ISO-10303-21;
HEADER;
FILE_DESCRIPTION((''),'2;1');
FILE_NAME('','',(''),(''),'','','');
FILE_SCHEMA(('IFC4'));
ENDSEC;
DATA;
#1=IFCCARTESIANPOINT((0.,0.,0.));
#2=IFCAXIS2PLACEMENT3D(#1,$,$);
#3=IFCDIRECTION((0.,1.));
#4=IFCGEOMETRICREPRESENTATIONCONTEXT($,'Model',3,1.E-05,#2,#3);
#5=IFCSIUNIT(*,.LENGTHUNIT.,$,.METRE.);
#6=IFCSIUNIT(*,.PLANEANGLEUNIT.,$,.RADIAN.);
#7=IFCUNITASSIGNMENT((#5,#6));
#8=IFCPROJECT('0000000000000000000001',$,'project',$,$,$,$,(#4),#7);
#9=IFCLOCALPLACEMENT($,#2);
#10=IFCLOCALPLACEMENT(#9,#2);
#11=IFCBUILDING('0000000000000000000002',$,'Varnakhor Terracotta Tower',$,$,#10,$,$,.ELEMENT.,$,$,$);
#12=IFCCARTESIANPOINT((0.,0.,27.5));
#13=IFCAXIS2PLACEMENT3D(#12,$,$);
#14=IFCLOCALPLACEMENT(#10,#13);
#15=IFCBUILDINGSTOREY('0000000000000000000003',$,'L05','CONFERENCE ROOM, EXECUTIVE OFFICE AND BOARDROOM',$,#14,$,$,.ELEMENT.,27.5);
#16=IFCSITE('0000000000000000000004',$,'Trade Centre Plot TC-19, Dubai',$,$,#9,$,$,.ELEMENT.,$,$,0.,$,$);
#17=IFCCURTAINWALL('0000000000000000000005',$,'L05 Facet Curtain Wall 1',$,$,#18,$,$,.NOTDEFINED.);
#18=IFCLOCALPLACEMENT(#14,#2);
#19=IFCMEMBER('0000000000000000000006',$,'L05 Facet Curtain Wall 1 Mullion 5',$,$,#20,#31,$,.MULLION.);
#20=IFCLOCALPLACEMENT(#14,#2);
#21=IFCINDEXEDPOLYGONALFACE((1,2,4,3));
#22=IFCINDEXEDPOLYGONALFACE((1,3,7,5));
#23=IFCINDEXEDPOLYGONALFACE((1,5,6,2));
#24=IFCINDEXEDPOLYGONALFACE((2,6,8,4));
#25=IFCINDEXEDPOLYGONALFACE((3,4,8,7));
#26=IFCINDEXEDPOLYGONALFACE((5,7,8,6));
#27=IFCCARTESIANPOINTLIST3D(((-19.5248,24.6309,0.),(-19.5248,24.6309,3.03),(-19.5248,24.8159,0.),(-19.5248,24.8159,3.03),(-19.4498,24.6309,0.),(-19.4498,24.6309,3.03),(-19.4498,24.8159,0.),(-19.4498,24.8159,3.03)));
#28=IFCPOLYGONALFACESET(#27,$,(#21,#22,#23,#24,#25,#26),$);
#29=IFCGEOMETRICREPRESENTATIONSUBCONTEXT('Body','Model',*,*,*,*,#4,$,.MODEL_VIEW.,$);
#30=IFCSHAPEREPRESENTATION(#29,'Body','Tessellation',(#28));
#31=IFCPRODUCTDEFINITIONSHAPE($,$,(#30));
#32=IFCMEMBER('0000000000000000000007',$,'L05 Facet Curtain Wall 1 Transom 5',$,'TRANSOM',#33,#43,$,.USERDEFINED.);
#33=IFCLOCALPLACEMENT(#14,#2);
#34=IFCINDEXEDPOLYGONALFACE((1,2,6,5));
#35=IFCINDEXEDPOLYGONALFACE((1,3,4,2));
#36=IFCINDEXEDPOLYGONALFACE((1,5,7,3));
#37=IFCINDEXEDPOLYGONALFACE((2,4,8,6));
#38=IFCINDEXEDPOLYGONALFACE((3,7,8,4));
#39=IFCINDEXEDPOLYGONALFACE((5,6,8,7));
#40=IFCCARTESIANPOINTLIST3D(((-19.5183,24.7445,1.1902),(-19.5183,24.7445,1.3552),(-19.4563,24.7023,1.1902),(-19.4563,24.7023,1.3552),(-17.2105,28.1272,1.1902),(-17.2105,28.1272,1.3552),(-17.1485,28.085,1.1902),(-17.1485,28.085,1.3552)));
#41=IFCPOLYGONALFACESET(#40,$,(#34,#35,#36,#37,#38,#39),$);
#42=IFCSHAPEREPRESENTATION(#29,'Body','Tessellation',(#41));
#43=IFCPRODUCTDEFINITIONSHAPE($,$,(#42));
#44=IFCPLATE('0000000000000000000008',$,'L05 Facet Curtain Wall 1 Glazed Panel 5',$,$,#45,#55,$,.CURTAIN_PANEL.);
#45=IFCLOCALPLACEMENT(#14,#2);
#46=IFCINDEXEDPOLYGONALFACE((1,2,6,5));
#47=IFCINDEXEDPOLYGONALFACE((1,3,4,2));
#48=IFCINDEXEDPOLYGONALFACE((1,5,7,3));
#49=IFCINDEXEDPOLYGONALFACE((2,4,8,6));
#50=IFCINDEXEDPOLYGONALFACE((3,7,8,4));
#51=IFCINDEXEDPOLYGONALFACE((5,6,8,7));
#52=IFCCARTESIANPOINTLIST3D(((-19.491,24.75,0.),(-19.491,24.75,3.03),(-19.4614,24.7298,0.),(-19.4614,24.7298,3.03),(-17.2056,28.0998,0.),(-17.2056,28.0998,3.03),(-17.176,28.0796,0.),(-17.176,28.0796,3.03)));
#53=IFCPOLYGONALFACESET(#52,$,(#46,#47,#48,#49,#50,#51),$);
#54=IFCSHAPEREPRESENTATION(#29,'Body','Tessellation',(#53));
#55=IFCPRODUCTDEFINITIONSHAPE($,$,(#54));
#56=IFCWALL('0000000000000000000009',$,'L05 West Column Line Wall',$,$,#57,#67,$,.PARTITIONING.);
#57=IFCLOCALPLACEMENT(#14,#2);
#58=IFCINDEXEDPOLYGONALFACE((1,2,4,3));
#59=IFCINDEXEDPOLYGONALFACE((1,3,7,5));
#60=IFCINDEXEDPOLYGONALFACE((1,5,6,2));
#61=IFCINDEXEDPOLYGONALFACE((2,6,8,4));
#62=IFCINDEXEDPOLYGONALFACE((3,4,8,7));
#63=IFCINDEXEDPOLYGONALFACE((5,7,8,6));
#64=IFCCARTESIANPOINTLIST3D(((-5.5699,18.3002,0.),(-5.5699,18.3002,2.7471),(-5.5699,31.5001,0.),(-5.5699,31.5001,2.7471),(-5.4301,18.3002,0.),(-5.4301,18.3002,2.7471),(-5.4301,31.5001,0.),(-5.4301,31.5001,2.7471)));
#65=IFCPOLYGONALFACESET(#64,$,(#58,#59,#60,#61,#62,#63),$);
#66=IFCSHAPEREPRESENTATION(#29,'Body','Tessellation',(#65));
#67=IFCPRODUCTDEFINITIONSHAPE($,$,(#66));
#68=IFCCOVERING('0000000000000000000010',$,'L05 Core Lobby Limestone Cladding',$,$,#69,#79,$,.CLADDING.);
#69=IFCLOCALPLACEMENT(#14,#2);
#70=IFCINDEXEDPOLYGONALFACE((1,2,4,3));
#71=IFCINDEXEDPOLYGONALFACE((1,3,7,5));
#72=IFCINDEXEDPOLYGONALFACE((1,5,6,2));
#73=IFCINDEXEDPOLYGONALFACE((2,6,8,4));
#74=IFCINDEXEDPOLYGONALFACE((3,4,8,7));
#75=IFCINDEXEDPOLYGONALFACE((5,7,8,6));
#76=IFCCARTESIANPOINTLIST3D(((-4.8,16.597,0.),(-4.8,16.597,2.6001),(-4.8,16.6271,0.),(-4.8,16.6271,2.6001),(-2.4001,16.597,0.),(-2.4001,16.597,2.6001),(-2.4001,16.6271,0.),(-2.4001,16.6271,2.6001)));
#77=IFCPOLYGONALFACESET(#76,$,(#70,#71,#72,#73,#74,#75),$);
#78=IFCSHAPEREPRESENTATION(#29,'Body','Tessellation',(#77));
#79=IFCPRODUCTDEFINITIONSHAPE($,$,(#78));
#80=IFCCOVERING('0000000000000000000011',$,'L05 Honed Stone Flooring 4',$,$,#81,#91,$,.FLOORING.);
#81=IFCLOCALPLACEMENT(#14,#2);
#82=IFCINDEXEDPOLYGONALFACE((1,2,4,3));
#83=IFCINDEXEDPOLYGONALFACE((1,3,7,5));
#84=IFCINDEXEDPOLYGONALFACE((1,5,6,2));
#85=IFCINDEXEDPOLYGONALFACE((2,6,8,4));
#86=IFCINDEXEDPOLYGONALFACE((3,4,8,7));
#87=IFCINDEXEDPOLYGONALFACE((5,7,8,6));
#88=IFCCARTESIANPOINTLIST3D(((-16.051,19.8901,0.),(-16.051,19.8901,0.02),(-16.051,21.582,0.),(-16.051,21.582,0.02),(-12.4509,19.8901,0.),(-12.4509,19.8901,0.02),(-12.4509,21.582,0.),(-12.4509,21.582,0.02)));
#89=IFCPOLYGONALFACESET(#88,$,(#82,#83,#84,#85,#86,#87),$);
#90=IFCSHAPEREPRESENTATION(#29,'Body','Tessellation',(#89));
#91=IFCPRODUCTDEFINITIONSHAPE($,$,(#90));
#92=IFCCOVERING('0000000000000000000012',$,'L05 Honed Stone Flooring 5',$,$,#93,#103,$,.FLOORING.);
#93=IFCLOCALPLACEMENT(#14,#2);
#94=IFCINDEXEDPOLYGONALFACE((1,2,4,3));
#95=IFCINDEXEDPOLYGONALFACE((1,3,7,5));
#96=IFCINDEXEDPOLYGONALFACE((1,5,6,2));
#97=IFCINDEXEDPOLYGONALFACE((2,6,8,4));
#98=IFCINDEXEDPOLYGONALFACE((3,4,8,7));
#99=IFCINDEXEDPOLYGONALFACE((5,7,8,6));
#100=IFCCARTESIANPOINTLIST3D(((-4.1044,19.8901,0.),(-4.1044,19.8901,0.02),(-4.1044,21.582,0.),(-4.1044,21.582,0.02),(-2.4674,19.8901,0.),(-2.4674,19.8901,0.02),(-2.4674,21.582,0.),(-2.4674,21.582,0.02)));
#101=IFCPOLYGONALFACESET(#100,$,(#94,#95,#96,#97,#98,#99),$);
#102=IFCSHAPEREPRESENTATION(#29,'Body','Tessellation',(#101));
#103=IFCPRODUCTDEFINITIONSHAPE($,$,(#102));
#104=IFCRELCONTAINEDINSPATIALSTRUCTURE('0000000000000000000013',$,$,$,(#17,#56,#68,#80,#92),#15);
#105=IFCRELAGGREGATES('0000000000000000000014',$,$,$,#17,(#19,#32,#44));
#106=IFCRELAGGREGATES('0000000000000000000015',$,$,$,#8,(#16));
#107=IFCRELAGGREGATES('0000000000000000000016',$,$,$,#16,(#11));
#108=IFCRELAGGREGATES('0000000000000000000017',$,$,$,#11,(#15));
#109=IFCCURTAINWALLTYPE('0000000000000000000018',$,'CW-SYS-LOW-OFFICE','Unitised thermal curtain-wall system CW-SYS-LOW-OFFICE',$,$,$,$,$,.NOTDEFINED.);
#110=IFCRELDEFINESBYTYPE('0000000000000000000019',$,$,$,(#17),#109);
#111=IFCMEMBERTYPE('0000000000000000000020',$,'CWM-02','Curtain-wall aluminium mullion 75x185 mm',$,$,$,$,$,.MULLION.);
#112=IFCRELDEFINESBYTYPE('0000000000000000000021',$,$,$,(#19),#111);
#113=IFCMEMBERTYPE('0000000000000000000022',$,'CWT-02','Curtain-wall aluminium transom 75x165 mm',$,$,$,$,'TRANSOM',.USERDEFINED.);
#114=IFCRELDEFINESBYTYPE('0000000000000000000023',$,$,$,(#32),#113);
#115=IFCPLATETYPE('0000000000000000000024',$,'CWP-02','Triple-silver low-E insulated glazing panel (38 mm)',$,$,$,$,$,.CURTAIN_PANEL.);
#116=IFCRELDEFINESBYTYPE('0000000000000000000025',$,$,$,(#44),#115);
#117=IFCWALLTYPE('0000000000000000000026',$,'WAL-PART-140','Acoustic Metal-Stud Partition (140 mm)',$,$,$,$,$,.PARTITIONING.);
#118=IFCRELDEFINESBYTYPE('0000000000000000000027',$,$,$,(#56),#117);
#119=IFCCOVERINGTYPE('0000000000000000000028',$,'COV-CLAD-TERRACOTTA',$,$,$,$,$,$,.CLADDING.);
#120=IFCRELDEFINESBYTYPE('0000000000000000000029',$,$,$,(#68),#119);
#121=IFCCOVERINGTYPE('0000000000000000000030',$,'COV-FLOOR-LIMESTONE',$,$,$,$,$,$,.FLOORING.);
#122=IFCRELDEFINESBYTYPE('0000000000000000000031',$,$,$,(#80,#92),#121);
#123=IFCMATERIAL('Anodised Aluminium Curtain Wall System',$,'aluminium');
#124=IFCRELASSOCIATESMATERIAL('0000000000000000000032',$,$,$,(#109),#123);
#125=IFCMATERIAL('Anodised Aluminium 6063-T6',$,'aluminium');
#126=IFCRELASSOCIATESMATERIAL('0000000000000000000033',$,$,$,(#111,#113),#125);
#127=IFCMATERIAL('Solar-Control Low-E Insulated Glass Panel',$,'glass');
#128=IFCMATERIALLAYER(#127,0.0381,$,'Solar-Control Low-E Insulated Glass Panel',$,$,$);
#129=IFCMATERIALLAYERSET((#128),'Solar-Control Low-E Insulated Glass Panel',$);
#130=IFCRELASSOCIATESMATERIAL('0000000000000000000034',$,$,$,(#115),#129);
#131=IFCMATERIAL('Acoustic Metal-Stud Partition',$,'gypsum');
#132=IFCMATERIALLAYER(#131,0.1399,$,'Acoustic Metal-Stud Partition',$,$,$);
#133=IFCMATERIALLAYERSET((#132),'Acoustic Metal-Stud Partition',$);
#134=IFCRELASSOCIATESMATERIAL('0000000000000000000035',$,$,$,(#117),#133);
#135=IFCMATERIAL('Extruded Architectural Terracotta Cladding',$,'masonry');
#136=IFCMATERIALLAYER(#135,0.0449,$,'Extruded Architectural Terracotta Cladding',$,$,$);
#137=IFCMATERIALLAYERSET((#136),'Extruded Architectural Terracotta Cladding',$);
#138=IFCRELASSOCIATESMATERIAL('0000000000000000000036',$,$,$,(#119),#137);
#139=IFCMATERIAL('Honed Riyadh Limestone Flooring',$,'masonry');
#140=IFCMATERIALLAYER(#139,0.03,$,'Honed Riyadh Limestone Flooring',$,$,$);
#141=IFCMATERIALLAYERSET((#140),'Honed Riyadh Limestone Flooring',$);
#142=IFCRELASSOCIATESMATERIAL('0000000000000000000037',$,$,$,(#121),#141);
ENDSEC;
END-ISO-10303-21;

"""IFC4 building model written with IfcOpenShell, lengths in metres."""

from ifc_helpers import new_model, si_unit, direction, frame, frame_2d, origin, origin_2d, place, context, subcontext, project, spatial, rectangle, extrude, source, transform, mapped, material, layer, layer_set, material_profile, profile_set, type_object, type_shapes, element, aggregate, save


model = new_model("IFC4")

# Units and contexts
model_context = context("Model", 3, precision=1e-05, world=origin(), true_north=direction((0.0, 1.0)))
body_context = subcontext(model_context, "Body", "Model", "MODEL_VIEW")
ifc_project = project(units=[si_unit("LENGTHUNIT", "METRE"), si_unit("PLANEANGLEUNIT", "RADIAN")], contexts=[model_context])

# Site, building, storey
site_placement = place(None, origin())
site = spatial("IfcSite", under=ifc_project, at=site_placement, Name="Trade Centre Plot TC-19, Dubai", CompositionType="ELEMENT", RefElevation=0.0)
building_placement = place(site_placement, origin())
building = spatial("IfcBuilding", under=site, at=building_placement, Name="Varnakhor Terracotta Tower", CompositionType="ELEMENT")
storey_placement = place(building_placement, frame((0.0, 0.0, 27.5)))
storey = spatial("IfcBuildingStorey", under=building, at=storey_placement, Name="L05", Description="CONFERENCE ROOM, EXECUTIVE OFFICE AND BOARDROOM", CompositionType="ELEMENT", Elevation=27.5)

# Curtain wall, members, plate
ifc_material_1 = material(Name="Anodised Aluminium Curtain Wall System", Category="aluminium")
curtain_wall_type = type_object("IfcCurtainWallType", Name="CW-SYS-LOW-OFFICE", Description="Unitised thermal curtain-wall system CW-SYS-LOW-OFFICE", PredefinedType="NOTDEFINED", material=ifc_material_1)
curtain_wall_placement = place(storey_placement, origin())
curtain_wall = element("IfcCurtainWall", 1, at=curtain_wall_placement, inside=storey, type_object=curtain_wall_type, Name="L05 Facet Curtain Wall 1", PredefinedType="NOTDEFINED")
ifc_material_2 = material(Name="Anodised Aluminium 6063-T6", Category="aluminium")
ifc_material_profile_1 = material_profile(ifc_material_2, rectangle(XDim=0.075, YDim=0.1851, at=origin_2d()), Name="ALU MULLION 75x185")
ifc_profile_set_1 = profile_set([ifc_material_profile_1], Name="Anodised Aluminium 6063-T6")
member_type_1 = type_object("IfcMemberType", Name="CWM-02", Description="Curtain-wall aluminium mullion 75x185 mm", PredefinedType="MULLION", material=ifc_profile_set_1)
shared_shape_1 = source(origin(), body_context, "Body", "SweptSolid", [
    extrude(rectangle(XDim=0.075, YDim=0.1851, at=origin_2d()), origin(), (0.0, 0.0, 1.0), 3.03),
])
type_shapes(member_type_1, [shared_shape_1])
member_1_placement = place(storey_placement, frame((-19.4873, 24.7234, 0.0), z_axis=(0.0, 0.0, 1.0), x_axis=(1.0, 0.0, 0.0)))
member_1 = element("IfcMember", 2, at=member_1_placement, type_object=member_type_1, Name="L05 Facet Curtain Wall 1 Mullion 5", PredefinedType="MULLION", context=body_context, shape_type="MappedRepresentation", body=[
    mapped(shared_shape_1, transform((0.0, 0.0, 0.0), scale=1.0)),
])
ifc_material_profile_2 = material_profile(ifc_material_2, rectangle(XDim=0.075, YDim=0.165, at=origin_2d()), Name="ALU TRANSOM 75x165")
ifc_profile_set_2 = profile_set([ifc_material_profile_2], Name="Anodised Aluminium 6063-T6")
member_type_2 = type_object("IfcMemberType", Name="CWT-02", Description="Curtain-wall aluminium transom 75x165 mm", ElementType="TRANSOM", PredefinedType="USERDEFINED", material=ifc_profile_set_2)
shared_shape_2 = source(origin(), body_context, "Body", "SweptSolid", [
    extrude(rectangle(XDim=0.075, YDim=0.165, at=origin_2d()), origin(), (0.0, 0.0, 1.0), 4.095),
])
type_shapes(member_type_2, [shared_shape_2])
member_2_placement = place(storey_placement, frame((-19.4873, 24.7234, 1.2727), z_axis=(0.56357, 0.826068, 0.0), x_axis=(-0.826068, 0.56357, 0.0)))
member_2 = element("IfcMember", 3, at=member_2_placement, type_object=member_type_2, Name="L05 Facet Curtain Wall 1 Transom 5", ObjectType="TRANSOM", PredefinedType="USERDEFINED", context=body_context, shape_type="MappedRepresentation", body=[
    mapped(shared_shape_2, transform((0.0, 0.0, 0.0), scale=1.0)),
])
ifc_material_3 = material(Name="Solar-Control Low-E Insulated Glass Panel", Category="glass")
ifc_layer_1 = layer(ifc_material_3, 0.0381, Name="Solar-Control Low-E Insulated Glass Panel")
ifc_layer_set_1 = layer_set([ifc_layer_1], Name="Solar-Control Low-E Insulated Glass Panel")
plate_type = type_object("IfcPlateType", Name="CWP-02", Description="Triple-silver low-E insulated glazing panel (38 mm)", PredefinedType="CURTAIN_PANEL", material=ifc_layer_set_1)
shared_shape_3 = source(origin(), body_context, "Body", "SweptSolid", [
    extrude(rectangle(XDim=4.0552, YDim=0.0359, at=origin_2d()), origin(), (0.0, 0.0, 1.0), 3.03),
])
type_shapes(plate_type, [shared_shape_3])
plate_placement = place(storey_placement, frame((-18.3335, 26.4148, 0.0), z_axis=(0.0, 0.0, 1.0), x_axis=(0.563569, 0.826069, 0.0)))
plate = element("IfcPlate", 4, at=plate_placement, type_object=plate_type, Name="L05 Facet Curtain Wall 1 Glazed Panel 5", PredefinedType="CURTAIN_PANEL", context=body_context, shape_type="MappedRepresentation", body=[
    mapped(shared_shape_3, transform((0.0, 0.0, 0.0), scale=1.0)),
])
aggregate(curtain_wall, [member_1, member_2, plate])

# Wall
ifc_material_4 = material(Name="Acoustic Metal-Stud Partition", Category="gypsum")
ifc_layer_2 = layer(ifc_material_4, 0.1399, Name="Acoustic Metal-Stud Partition")
ifc_layer_set_2 = layer_set([ifc_layer_2], Name="Acoustic Metal-Stud Partition")
wall_type_1 = type_object("IfcWallType", Name="WAL-PART-140", Description="Acoustic Metal-Stud Partition (140 mm)", PredefinedType="PARTITIONING", material=ifc_layer_set_2)
wall_1_placement = place(storey_placement, frame((-5.5, 18.3, 0.0), z_axis=(0.0, 0.0, 1.0), x_axis=(0.0, 1.0, 0.0)))
element("IfcWall", 5, at=wall_1_placement, inside=storey, type_object=wall_type_1, Name="L05 West Column Line Wall", PredefinedType="PARTITIONING", context=body_context, shape_type="SweptSolid", body=[
    extrude(rectangle(XDim=13.2, YDim=0.1399, at=frame_2d((6.6001, 0.0))), origin(), (0.0, 0.0, 1.0), 2.7471),
])

# Coverings
ifc_material_5 = material(Name="Extruded Architectural Terracotta Cladding", Category="masonry")
ifc_layer_3 = layer(ifc_material_5, 0.0449, Name="Extruded Architectural Terracotta Cladding")
ifc_layer_set_3 = layer_set([ifc_layer_3], Name="Extruded Architectural Terracotta Cladding")
covering_type_1 = type_object("IfcCoveringType", Name="COV-CLAD-TERRACOTTA", PredefinedType="CLADDING", material=ifc_layer_set_3)
shared_shape_4 = source(origin(), body_context, "Body", "SweptSolid", [
    extrude(rectangle(XDim=2.3999, YDim=0.03, at=origin_2d()), origin(), (0.0, 0.0, 1.0), 2.6001),
])
type_shapes(covering_type_1, [shared_shape_4])
covering_1_placement = place(storey_placement, frame((-3.6001, 16.6121, 0.0), z_axis=(0.0, 0.0, 1.0), x_axis=(1.0, 0.0, 0.0)))
element("IfcCovering", 6, at=covering_1_placement, inside=storey, type_object=covering_type_1, Name="L05 Core Lobby Limestone Cladding", PredefinedType="CLADDING", context=body_context, shape_type="MappedRepresentation", body=[
    mapped(shared_shape_4, transform((0.0, 0.0, 0.0), scale=1.0)),
])
ifc_material_6 = material(Name="Honed Riyadh Limestone Flooring", Category="masonry")
ifc_layer_4 = layer(ifc_material_6, 0.03, Name="Honed Riyadh Limestone Flooring")
ifc_layer_set_4 = layer_set([ifc_layer_4], Name="Honed Riyadh Limestone Flooring")
covering_type_2 = type_object("IfcCoveringType", Name="COV-FLOOR-LIMESTONE", PredefinedType="FLOORING", material=ifc_layer_set_4)
shared_shape_5 = source(origin(), body_context, "Body", "SweptSolid", [
    extrude(rectangle(XDim=3.6001, YDim=1.6919, at=origin_2d()), origin(), (0.0, 0.0, 1.0), 0.02),
])
covering_2_placement = place(storey_placement, frame((-14.251, 20.7361, 0.0), z_axis=(0.0, 0.0, 1.0), x_axis=(1.0, 0.0, 0.0)))
element("IfcCovering", 7, at=covering_2_placement, inside=storey, type_object=covering_type_2, Name="L05 Honed Stone Flooring 4", PredefinedType="FLOORING", context=body_context, shape_type="MappedRepresentation", body=[
    mapped(shared_shape_5, transform((0.0, 0.0, 0.0), scale=1.0)),
])
shared_shape_6 = source(origin(), body_context, "Body", "SweptSolid", [
    extrude(rectangle(XDim=1.637, YDim=1.6919, at=origin_2d()), origin(), (0.0, 0.0, 1.0), 0.02),
])
covering_3_placement = place(storey_placement, frame((-3.2859, 20.7361, 0.0), z_axis=(0.0, 0.0, 1.0), x_axis=(1.0, 0.0, 0.0)))
element("IfcCovering", 8, at=covering_3_placement, inside=storey, type_object=covering_type_2, Name="L05 Honed Stone Flooring 5", PredefinedType="FLOORING", context=body_context, shape_type="MappedRepresentation", body=[
    mapped(shared_shape_6, transform((0.0, 0.0, 0.0), scale=1.0)),
])

save(model, "model.ifc")
